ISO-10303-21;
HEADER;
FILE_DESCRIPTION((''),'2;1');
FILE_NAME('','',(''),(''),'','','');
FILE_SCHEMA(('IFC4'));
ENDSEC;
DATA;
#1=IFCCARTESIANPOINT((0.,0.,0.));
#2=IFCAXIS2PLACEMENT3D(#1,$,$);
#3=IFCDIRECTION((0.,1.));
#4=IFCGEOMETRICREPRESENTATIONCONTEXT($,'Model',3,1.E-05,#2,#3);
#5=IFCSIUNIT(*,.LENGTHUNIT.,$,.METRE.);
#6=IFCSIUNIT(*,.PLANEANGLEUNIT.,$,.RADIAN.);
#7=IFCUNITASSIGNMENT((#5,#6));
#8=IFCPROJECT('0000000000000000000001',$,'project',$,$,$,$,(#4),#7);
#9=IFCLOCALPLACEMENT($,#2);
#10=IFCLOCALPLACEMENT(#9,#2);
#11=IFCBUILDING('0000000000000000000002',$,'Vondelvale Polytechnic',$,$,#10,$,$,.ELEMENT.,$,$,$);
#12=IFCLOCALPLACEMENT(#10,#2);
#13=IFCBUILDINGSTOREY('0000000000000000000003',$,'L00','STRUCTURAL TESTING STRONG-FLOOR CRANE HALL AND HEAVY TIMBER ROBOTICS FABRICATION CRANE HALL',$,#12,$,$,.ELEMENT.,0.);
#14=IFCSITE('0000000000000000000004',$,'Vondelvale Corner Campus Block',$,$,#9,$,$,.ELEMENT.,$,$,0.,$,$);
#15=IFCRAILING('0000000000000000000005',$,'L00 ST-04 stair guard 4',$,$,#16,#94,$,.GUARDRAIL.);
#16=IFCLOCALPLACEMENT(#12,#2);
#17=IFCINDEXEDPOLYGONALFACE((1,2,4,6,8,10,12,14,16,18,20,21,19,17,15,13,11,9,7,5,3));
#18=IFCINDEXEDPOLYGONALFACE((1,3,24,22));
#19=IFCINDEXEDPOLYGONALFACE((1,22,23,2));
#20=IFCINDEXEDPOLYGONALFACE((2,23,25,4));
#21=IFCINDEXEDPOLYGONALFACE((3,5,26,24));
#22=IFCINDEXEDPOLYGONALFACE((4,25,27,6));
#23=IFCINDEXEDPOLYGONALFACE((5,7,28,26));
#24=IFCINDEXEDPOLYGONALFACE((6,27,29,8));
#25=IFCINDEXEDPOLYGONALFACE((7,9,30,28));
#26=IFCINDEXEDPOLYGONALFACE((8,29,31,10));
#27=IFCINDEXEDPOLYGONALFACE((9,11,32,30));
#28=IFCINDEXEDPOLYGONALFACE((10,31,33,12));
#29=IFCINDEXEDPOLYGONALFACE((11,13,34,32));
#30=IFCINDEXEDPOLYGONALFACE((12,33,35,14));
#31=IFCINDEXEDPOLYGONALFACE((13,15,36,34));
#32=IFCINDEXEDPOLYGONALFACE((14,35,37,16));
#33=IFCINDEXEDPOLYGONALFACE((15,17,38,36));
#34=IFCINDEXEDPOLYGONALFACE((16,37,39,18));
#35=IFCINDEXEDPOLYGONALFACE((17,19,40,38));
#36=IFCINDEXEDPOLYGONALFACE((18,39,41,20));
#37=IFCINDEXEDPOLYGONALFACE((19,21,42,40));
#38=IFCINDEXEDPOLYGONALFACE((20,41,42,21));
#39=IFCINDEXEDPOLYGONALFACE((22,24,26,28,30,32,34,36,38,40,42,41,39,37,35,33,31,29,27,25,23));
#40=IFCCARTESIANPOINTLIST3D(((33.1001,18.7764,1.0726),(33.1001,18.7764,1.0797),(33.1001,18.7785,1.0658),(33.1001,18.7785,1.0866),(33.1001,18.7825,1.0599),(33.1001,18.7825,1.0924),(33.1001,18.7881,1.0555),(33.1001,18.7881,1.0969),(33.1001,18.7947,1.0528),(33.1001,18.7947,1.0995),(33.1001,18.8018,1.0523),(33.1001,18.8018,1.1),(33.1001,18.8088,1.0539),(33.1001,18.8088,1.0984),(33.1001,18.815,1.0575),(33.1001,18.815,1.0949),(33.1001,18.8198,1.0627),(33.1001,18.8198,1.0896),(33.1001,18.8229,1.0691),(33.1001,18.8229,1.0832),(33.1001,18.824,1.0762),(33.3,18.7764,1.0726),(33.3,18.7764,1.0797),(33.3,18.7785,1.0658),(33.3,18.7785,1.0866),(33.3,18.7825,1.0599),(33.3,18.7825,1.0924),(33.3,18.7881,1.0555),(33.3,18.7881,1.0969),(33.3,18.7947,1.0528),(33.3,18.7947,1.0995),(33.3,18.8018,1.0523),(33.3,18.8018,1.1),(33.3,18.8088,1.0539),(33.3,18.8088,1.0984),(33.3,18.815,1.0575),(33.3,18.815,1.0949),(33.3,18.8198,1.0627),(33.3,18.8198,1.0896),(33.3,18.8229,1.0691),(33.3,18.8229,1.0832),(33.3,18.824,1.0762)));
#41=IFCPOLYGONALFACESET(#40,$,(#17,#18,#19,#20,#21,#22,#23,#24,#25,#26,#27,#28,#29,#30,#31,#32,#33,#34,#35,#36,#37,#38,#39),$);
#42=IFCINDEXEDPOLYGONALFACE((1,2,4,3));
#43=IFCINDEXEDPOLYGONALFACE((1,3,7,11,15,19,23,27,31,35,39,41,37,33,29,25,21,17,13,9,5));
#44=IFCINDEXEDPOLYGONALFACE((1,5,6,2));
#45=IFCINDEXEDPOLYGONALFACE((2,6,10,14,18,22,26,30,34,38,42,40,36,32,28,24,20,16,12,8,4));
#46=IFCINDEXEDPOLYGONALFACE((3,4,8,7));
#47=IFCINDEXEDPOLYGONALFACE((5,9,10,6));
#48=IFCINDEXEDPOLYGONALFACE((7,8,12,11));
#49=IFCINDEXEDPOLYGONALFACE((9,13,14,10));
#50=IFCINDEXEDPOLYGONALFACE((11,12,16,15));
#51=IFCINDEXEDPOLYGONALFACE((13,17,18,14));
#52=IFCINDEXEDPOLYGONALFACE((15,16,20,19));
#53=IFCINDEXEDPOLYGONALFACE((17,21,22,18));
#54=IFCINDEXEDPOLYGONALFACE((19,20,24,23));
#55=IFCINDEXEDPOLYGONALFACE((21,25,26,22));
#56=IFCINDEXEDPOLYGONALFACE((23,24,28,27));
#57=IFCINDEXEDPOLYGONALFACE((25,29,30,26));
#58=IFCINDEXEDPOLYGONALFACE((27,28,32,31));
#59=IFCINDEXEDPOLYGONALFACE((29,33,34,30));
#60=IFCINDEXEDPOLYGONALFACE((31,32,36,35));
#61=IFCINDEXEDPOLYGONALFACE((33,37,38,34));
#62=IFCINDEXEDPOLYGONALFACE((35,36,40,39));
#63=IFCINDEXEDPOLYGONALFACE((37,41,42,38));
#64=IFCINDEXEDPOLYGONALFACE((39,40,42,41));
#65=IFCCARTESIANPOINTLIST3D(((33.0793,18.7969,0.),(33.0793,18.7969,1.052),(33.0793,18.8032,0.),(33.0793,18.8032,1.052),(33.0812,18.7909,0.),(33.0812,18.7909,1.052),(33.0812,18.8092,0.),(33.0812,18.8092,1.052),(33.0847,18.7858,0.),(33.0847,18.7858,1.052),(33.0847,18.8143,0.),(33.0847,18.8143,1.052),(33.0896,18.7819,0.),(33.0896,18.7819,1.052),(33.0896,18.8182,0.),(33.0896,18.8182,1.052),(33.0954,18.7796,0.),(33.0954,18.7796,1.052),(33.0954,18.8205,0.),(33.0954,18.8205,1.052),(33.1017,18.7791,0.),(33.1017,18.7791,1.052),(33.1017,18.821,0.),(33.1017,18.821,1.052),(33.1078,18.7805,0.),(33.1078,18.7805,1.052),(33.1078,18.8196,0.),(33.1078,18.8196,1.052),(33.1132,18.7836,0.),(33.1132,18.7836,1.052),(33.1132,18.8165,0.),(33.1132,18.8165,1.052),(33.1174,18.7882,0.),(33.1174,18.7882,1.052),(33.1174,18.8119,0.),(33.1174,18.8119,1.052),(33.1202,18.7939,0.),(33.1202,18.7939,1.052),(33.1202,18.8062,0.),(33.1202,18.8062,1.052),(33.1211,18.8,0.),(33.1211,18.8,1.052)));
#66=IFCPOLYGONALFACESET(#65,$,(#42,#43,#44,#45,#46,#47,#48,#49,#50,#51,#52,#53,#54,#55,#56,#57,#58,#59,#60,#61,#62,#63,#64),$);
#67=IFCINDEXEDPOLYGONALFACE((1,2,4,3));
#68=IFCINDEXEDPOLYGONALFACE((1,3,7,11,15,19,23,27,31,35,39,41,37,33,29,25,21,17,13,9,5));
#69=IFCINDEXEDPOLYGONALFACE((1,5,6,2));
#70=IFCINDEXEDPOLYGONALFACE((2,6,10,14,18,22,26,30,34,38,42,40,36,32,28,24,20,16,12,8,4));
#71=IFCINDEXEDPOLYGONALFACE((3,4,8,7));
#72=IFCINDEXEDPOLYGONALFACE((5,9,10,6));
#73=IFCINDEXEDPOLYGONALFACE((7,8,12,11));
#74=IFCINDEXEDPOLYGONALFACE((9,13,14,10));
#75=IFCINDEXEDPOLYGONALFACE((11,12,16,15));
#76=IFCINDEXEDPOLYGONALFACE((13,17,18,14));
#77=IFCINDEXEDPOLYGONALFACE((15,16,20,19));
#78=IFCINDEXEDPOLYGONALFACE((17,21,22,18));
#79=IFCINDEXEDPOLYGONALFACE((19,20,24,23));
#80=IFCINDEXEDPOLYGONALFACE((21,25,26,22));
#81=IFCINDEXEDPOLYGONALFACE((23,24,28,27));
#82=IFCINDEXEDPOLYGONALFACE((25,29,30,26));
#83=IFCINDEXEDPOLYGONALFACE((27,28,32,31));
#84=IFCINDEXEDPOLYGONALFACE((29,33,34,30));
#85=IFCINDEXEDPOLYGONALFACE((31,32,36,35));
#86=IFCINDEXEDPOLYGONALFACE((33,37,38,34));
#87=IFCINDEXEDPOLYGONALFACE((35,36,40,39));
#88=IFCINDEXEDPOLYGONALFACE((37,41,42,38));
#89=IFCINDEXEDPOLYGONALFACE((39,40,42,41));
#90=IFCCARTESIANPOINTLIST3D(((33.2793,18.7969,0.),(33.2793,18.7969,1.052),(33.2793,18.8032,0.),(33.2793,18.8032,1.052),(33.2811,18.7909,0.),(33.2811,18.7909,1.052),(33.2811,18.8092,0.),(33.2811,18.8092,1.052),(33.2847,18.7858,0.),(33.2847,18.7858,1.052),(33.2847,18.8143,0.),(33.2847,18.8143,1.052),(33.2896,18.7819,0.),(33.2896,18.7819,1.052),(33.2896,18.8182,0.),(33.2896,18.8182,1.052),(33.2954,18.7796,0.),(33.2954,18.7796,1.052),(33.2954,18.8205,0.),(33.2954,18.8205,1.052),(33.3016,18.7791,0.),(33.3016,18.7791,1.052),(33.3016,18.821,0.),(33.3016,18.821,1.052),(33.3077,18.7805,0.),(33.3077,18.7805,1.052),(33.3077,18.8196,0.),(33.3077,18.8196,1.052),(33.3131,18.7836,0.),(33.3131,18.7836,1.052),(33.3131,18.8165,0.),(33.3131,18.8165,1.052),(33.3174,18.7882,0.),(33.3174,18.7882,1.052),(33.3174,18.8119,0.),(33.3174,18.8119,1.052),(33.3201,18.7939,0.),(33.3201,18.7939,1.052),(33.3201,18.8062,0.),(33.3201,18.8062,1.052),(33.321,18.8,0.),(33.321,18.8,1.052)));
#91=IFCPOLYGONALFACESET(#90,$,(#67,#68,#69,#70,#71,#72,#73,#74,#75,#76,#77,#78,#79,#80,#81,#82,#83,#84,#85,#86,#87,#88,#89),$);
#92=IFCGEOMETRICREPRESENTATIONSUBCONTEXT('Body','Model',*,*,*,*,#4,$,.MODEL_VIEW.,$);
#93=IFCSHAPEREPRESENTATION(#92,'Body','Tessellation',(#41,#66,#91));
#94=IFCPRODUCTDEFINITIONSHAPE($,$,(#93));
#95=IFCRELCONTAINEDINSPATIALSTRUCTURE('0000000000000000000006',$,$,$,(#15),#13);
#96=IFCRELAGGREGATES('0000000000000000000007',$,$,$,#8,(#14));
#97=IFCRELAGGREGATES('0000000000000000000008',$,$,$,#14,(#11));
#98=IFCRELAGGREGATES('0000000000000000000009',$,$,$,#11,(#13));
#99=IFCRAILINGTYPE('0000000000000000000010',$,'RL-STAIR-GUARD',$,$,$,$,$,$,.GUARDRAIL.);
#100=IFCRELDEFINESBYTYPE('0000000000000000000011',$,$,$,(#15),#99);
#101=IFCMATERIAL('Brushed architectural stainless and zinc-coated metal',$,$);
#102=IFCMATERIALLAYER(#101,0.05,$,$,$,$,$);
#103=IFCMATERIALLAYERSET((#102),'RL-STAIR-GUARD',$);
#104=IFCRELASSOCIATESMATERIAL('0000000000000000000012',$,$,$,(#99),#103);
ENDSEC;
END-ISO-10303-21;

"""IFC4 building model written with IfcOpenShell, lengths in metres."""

from ifc_helpers import new_model, si_unit, direction, frame, origin, origin_2d, place, context, subcontext, project, spatial, circle, extrude, material, layer, layer_set, type_object, element, save


model = new_model("IFC4")

# Units and contexts
model_context = context("Model", 3, precision=1e-05, world=origin(), true_north=direction((0.0, 1.0)))
body_context = subcontext(model_context, "Body", "Model", "MODEL_VIEW")
ifc_project = project(units=[si_unit("LENGTHUNIT", "METRE"), si_unit("PLANEANGLEUNIT", "RADIAN")], contexts=[model_context])

# Site, building, storey
site_placement = place(None, origin())
site = spatial("IfcSite", under=ifc_project, at=site_placement, Name="Vondelvale Corner Campus Block", CompositionType="ELEMENT", RefElevation=0.0)
building_placement = place(site_placement, origin())
building = spatial("IfcBuilding", under=site, at=building_placement, Name="Vondelvale Polytechnic", CompositionType="ELEMENT")
storey_placement = place(building_placement, origin())
storey = spatial("IfcBuildingStorey", under=building, at=storey_placement, Name="L00", Description="STRUCTURAL TESTING STRONG-FLOOR CRANE HALL AND HEAVY TIMBER ROBOTICS FABRICATION CRANE HALL", CompositionType="ELEMENT", Elevation=0.0)

# Shared definitions
ifc_material_1 = material(Name="Brushed architectural stainless and zinc-coated metal")

# Railing
ifc_layer_1 = layer(ifc_material_1, 0.05)
ifc_layer_set_1 = layer_set([ifc_layer_1], Name="RL-STAIR-GUARD")
railing_type_1 = type_object("IfcRailingType", Name="RL-STAIR-GUARD", PredefinedType="GUARDRAIL", material=ifc_layer_set_1)
railing_1_placement = place(storey_placement, frame((33.1001, 18.8, 0.0)))
element("IfcRailing", 1, at=railing_1_placement, inside=storey, type_object=railing_type_1, Name="L00 ST-04 stair guard 4", PredefinedType="GUARDRAIL", context=body_context, shape_type="SweptSolid", body=[
    extrude(circle(Radius=0.0239, at=origin_2d()), frame((0.0, 0.0, 1.0762), z_axis=(1.0, 0.0, 0.0), x_axis=(0.0, 1.0, 0.0)), (0.0, 0.0, 1.0), 0.2),
    extrude(circle(Radius=0.021, at=origin_2d()), origin(), (0.0, 0.0, 1.0), 1.052),
    extrude(circle(Radius=0.021, at=origin_2d()), frame((0.2, 0.0, 0.0)), (0.0, 0.0, 1.0), 1.052),
])

save(model, "model.ifc")
